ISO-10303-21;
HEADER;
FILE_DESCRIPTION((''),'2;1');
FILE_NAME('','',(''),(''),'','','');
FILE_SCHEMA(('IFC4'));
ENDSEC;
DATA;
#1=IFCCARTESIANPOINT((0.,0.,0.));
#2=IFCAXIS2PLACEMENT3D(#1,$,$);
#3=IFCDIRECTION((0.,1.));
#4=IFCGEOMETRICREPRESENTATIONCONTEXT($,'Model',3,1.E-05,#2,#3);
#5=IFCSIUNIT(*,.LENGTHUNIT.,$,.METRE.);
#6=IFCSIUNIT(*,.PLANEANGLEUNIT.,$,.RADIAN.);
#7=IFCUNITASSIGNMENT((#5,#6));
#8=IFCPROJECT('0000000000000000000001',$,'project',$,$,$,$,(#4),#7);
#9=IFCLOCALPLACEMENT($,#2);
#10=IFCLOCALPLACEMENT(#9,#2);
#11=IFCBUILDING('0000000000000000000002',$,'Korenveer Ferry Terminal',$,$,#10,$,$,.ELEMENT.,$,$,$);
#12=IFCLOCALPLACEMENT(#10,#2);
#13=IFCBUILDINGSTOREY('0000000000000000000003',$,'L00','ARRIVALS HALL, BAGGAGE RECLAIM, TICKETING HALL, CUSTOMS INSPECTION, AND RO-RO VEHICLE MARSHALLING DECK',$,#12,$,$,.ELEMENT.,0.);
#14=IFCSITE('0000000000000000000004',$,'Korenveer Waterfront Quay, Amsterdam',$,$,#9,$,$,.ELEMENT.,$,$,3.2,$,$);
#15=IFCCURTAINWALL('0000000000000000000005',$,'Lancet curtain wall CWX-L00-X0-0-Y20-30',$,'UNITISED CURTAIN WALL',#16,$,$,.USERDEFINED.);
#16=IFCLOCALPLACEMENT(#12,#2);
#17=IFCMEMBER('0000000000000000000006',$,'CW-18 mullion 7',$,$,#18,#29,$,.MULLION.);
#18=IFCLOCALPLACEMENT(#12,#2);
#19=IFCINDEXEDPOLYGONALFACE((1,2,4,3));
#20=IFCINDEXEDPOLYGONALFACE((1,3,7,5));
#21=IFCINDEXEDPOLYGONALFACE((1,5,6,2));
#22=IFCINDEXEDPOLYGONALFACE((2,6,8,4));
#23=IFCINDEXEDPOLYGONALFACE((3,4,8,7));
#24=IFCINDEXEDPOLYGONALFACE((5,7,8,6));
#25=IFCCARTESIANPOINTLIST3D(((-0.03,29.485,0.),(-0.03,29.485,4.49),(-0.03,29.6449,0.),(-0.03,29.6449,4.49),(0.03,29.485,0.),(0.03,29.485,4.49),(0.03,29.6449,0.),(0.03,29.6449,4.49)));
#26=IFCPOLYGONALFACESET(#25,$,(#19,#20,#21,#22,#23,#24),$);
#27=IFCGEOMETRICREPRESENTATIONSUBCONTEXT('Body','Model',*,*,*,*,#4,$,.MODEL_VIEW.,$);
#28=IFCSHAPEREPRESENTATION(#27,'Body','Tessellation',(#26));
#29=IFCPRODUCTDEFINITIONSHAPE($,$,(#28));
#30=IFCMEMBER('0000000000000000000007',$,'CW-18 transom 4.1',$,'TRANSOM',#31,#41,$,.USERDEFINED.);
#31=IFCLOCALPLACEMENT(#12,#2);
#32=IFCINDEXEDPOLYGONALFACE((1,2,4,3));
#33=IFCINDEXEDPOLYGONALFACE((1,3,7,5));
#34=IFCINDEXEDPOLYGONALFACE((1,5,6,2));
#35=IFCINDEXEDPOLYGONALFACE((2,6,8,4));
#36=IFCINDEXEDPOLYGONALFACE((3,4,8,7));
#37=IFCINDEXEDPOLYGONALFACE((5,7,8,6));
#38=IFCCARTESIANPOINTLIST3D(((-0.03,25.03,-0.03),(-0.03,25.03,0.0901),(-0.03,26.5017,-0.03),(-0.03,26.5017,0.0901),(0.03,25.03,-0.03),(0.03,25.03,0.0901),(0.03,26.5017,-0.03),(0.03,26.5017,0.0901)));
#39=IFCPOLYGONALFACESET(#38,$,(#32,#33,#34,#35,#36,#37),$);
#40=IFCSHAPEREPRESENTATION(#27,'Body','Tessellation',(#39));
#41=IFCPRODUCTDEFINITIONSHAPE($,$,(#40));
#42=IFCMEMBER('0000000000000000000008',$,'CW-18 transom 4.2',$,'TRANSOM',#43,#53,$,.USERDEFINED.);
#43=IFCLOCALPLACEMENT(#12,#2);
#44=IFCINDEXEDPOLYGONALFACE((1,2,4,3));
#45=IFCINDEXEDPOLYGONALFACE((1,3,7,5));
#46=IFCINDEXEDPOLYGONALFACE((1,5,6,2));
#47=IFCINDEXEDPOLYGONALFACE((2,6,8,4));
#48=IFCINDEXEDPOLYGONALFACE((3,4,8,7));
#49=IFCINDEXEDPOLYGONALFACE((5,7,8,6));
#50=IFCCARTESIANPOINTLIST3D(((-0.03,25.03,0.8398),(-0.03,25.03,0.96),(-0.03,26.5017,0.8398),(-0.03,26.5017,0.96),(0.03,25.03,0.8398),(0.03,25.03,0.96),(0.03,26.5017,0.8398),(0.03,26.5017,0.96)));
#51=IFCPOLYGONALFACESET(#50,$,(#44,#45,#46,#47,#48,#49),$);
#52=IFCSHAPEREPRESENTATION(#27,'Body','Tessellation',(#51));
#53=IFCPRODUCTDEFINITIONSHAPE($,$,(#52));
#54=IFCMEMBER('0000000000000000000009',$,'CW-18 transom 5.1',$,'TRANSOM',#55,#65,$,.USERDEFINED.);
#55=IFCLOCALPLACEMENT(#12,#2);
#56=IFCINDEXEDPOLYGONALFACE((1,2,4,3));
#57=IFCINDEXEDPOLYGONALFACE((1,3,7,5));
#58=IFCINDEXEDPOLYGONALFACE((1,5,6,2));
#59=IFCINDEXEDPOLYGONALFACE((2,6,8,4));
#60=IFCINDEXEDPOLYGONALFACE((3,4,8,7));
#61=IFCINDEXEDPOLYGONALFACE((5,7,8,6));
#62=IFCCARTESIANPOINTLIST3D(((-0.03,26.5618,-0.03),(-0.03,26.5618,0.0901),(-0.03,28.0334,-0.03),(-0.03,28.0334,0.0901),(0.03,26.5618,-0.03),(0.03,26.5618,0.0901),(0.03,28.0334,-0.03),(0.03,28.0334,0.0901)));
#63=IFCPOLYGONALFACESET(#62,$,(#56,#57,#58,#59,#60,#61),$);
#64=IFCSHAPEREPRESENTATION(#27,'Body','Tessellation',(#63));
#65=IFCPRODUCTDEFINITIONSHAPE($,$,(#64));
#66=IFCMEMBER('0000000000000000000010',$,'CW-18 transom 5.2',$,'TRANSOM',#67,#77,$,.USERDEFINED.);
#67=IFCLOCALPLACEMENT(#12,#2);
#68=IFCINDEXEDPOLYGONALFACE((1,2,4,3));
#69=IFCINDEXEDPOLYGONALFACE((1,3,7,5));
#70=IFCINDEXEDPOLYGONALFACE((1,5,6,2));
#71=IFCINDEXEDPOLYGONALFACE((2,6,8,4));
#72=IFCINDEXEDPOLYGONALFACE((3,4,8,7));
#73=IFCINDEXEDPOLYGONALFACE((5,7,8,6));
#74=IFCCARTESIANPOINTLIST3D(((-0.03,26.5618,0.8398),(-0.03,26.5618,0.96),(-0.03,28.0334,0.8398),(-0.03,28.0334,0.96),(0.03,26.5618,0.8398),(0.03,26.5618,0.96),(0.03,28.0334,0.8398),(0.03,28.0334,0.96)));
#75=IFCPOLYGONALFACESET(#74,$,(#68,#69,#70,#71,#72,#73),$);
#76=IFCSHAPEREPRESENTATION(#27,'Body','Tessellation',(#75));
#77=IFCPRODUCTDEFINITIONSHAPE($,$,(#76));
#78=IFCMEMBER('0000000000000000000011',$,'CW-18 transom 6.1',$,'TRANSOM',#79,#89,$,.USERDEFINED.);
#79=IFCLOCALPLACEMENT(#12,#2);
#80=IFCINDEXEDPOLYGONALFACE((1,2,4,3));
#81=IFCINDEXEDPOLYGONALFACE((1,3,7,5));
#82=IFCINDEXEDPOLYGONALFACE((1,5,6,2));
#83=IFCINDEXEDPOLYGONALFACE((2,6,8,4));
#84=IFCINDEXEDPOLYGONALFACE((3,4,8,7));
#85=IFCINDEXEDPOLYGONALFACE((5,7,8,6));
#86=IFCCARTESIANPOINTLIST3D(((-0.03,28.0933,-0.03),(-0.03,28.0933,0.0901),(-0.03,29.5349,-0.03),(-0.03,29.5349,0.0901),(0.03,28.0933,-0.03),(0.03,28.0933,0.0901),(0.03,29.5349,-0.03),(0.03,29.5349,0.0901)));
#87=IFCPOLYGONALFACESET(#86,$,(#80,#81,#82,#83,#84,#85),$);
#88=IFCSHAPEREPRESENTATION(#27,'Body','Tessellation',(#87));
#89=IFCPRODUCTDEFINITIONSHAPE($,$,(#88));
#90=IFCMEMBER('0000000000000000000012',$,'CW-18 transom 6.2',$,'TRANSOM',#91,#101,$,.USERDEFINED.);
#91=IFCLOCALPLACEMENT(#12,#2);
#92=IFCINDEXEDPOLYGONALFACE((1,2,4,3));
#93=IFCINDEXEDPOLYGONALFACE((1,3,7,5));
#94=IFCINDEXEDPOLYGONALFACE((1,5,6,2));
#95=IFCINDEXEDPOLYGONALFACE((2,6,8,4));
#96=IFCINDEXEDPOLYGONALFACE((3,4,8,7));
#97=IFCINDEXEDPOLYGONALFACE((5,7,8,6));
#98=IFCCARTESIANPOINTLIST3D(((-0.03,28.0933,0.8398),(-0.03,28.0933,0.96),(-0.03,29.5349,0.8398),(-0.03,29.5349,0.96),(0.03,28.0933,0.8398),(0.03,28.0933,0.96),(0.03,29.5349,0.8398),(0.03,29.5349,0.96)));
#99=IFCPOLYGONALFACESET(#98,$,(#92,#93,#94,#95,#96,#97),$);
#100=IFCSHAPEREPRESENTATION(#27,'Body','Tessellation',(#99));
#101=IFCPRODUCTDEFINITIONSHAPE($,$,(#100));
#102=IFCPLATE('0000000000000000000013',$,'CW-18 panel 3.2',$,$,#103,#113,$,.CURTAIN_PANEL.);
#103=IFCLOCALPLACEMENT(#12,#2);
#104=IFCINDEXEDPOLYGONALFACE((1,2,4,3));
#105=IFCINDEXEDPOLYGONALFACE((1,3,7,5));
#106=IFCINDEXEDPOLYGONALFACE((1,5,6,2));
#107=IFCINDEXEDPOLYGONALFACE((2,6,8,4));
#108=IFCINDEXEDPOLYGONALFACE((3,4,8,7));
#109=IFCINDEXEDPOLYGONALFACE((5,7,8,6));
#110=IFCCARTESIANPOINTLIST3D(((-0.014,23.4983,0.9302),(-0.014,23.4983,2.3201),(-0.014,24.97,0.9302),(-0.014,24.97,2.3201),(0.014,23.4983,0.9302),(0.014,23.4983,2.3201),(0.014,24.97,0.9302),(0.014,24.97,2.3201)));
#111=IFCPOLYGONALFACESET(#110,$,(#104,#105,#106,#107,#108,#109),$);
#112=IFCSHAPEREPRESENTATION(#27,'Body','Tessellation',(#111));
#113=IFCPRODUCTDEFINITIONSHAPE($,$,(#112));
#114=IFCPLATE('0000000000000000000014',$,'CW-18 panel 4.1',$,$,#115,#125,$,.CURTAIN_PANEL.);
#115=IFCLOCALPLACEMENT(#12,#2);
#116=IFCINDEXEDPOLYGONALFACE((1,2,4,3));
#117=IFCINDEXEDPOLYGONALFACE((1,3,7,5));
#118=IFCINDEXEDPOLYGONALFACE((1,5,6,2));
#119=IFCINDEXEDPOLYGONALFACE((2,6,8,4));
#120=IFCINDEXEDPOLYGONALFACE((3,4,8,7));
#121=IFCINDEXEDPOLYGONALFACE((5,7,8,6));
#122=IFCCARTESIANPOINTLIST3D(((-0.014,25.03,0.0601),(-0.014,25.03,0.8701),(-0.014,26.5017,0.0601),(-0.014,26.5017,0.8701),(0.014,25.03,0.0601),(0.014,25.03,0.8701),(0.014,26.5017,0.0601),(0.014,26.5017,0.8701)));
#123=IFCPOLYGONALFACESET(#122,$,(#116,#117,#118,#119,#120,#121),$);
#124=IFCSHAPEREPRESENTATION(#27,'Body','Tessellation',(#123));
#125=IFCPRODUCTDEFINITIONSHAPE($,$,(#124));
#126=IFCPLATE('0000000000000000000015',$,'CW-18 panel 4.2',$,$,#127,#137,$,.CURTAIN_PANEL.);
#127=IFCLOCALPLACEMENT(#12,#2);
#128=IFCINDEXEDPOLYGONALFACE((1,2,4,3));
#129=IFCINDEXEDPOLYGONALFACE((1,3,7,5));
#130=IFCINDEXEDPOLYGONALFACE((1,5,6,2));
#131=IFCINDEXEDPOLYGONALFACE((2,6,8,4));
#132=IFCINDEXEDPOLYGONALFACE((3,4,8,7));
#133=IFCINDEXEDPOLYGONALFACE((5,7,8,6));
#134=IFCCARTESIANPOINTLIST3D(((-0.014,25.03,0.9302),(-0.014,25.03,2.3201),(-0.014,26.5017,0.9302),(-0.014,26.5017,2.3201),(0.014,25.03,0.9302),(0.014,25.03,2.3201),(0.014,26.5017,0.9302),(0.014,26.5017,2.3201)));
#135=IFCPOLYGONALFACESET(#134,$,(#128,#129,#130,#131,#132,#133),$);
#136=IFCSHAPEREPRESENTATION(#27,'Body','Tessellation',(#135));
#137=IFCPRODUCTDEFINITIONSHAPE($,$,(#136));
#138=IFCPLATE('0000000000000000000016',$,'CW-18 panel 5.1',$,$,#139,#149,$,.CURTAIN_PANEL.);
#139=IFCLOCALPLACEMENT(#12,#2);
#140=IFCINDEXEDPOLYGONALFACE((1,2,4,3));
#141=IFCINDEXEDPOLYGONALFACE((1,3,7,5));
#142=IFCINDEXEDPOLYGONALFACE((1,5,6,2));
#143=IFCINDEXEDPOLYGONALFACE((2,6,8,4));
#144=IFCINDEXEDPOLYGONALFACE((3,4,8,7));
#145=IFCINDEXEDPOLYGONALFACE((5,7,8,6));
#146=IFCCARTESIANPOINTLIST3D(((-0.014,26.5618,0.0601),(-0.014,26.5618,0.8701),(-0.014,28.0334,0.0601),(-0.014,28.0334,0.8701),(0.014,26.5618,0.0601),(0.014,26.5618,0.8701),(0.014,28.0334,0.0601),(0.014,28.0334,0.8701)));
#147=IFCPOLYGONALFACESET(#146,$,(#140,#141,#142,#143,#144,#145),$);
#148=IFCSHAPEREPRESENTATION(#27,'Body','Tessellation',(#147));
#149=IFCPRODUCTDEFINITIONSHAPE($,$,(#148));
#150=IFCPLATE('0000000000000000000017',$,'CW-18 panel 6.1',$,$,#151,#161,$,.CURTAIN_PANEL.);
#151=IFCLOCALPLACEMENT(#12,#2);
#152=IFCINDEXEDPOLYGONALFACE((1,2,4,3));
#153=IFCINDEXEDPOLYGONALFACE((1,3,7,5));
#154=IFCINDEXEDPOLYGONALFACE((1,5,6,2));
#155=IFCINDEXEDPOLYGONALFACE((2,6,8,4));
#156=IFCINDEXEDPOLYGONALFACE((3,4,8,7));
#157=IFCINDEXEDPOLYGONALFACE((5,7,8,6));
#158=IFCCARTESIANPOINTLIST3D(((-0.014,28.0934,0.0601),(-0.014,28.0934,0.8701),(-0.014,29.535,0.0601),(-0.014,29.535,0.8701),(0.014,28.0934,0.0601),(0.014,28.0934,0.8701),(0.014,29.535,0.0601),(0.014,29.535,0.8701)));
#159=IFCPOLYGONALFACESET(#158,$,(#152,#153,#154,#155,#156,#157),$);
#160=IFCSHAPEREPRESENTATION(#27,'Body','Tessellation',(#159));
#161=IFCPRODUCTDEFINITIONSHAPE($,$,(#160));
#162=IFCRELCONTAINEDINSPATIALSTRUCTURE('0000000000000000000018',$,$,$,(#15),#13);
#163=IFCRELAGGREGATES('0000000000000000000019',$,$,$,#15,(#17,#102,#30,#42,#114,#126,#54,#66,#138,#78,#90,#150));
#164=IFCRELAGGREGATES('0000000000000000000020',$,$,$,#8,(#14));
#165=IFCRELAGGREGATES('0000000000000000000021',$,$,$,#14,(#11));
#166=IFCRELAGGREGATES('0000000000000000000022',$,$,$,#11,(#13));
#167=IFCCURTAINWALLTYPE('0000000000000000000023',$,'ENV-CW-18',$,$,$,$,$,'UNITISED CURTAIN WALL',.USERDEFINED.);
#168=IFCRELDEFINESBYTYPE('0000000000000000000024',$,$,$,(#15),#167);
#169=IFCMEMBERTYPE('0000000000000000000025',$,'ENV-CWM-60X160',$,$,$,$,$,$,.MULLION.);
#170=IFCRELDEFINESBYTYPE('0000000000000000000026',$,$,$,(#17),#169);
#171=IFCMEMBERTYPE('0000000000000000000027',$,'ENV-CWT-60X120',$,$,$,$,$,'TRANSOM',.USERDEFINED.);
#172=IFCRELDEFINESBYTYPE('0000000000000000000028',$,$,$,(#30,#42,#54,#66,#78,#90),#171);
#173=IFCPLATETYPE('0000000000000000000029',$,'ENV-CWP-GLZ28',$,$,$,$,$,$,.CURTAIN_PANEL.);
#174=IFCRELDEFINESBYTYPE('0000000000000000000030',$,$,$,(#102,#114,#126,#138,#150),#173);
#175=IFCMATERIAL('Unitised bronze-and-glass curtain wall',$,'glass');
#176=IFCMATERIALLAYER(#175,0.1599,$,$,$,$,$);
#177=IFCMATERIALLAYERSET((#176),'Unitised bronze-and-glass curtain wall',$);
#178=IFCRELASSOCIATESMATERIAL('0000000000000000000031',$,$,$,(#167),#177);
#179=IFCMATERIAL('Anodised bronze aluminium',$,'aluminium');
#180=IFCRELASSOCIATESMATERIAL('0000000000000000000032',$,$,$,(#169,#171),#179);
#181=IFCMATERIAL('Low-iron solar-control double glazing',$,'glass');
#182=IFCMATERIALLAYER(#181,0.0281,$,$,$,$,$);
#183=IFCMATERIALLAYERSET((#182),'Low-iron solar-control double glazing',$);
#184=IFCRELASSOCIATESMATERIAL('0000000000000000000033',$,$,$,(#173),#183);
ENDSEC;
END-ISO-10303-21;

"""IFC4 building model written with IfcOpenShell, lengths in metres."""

from ifc_helpers import new_model, si_unit, direction, frame, origin, origin_2d, place, context, subcontext, project, spatial, rectangle, extrude, material, layer, layer_set, material_profile, profile_set, type_object, element, aggregate, save


model = new_model("IFC4")

# Units and contexts
model_context = context("Model", 3, precision=1e-05, world=origin(), true_north=direction((0.0, 1.0)))
body_context = subcontext(model_context, "Body", "Model", "MODEL_VIEW")
ifc_project = project(units=[si_unit("LENGTHUNIT", "METRE"), si_unit("PLANEANGLEUNIT", "RADIAN")], contexts=[model_context])

# Site, building, storey
site_placement = place(None, origin())
site = spatial("IfcSite", under=ifc_project, at=site_placement, Name="Korenveer Waterfront Quay, Amsterdam", CompositionType="ELEMENT", RefElevation=3.2)
building_placement = place(site_placement, origin())
building = spatial("IfcBuilding", under=site, at=building_placement, Name="Korenveer Ferry Terminal", CompositionType="ELEMENT")
storey_placement = place(building_placement, origin())
storey = spatial("IfcBuildingStorey", under=building, at=storey_placement, Name="L00", Description="ARRIVALS HALL, BAGGAGE RECLAIM, TICKETING HALL, CUSTOMS INSPECTION, AND RO-RO VEHICLE MARSHALLING DECK", CompositionType="ELEMENT", Elevation=0.0)

# Curtain wall, members, plates
ifc_material_1 = material(Name="Unitised bronze-and-glass curtain wall", Category="glass")
ifc_layer_1 = layer(ifc_material_1, 0.1599)
ifc_layer_set_1 = layer_set([ifc_layer_1], Name="Unitised bronze-and-glass curtain wall")
curtain_wall_type = type_object("IfcCurtainWallType", Name="ENV-CW-18", ElementType="UNITISED CURTAIN WALL", PredefinedType="USERDEFINED", material=ifc_layer_set_1)
curtain_wall_placement = place(storey_placement, frame((0.0, 20.405, 0.0)))
curtain_wall = element("IfcCurtainWall", 1, at=curtain_wall_placement, inside=storey, type_object=curtain_wall_type, Name="Lancet curtain wall CWX-L00-X0-0-Y20-30", ObjectType="UNITISED CURTAIN WALL", PredefinedType="USERDEFINED")
ifc_material_2 = material(Name="Anodised bronze aluminium", Category="aluminium")
ifc_material_profile_1 = material_profile(ifc_material_2, rectangle(XDim=0.0601, YDim=0.1599, at=origin_2d()), Name="ALU 60x160")
ifc_profile_set_1 = profile_set([ifc_material_profile_1], Name="Anodised bronze aluminium")
member_type_1 = type_object("IfcMemberType", Name="ENV-CWM-60X160", PredefinedType="MULLION", material=ifc_profile_set_1)
member_1_placement = place(storey_placement, frame((0.0, 29.5649, 0.0), z_axis=(0.0, 0.0, 1.0), x_axis=(-1.0, 0.0, 0.0)))
member_1 = element("IfcMember", 2, at=member_1_placement, type_object=member_type_1, Name="CW-18 mullion 7", PredefinedType="MULLION", context=body_context, shape_type="SweptSolid", body=[
    extrude(rectangle(XDim=0.0601, YDim=0.1599, at=origin_2d()), origin(), (0.0, 0.0, 1.0), 4.49),
])
ifc_material_profile_2 = material_profile(ifc_material_2, rectangle(XDim=0.0601, YDim=0.1201, at=origin_2d()), Name="ALU 60x120")
ifc_profile_set_2 = profile_set([ifc_material_profile_2], Name="Anodised bronze aluminium")
member_type_2 = type_object("IfcMemberType", Name="ENV-CWT-60X120", ElementType="TRANSOM", PredefinedType="USERDEFINED", material=ifc_profile_set_2)
member_2_placement = place(storey_placement, frame((0.0, 25.03, 0.03), z_axis=(0.0, 1.0, 0.0), x_axis=(-1.0, 0.0, 0.0)))
member_2 = element("IfcMember", 3, at=member_2_placement, type_object=member_type_2, Name="CW-18 transom 4.1", ObjectType="TRANSOM", PredefinedType="USERDEFINED", context=body_context, shape_type="SweptSolid", body=[
    extrude(rectangle(XDim=0.0601, YDim=0.1201, at=origin_2d()), origin(), (0.0, 0.0, 1.0), 1.4717),
])
member_3_placement = place(storey_placement, frame((0.0, 25.03, 0.8999), z_axis=(0.0, 1.0, 0.0), x_axis=(-1.0, 0.0, 0.0)))
member_3 = element("IfcMember", 4, at=member_3_placement, type_object=member_type_2, Name="CW-18 transom 4.2", ObjectType="TRANSOM", PredefinedType="USERDEFINED", context=body_context, shape_type="SweptSolid", body=[
    extrude(rectangle(XDim=0.0601, YDim=0.1201, at=origin_2d()), origin(), (0.0, 0.0, 1.0), 1.4717),
])
member_4_placement = place(storey_placement, frame((0.0, 26.5618, 0.03), z_axis=(0.0, 1.0, 0.0), x_axis=(-1.0, 0.0, 0.0)))
member_4 = element("IfcMember", 5, at=member_4_placement, type_object=member_type_2, Name="CW-18 transom 5.1", ObjectType="TRANSOM", PredefinedType="USERDEFINED", context=body_context, shape_type="SweptSolid", body=[
    extrude(rectangle(XDim=0.0601, YDim=0.1201, at=origin_2d()), origin(), (0.0, 0.0, 1.0), 1.4717),
])
member_5_placement = place(storey_placement, frame((0.0, 26.5618, 0.8999), z_axis=(0.0, 1.0, 0.0), x_axis=(-1.0, 0.0, 0.0)))
member_5 = element("IfcMember", 6, at=member_5_placement, type_object=member_type_2, Name="CW-18 transom 5.2", ObjectType="TRANSOM", PredefinedType="USERDEFINED", context=body_context, shape_type="SweptSolid", body=[
    extrude(rectangle(XDim=0.0601, YDim=0.1201, at=origin_2d()), origin(), (0.0, 0.0, 1.0), 1.4717),
])
member_6_placement = place(storey_placement, frame((0.0, 28.0933, 0.03), z_axis=(0.0, 1.0, 0.0), x_axis=(-1.0, 0.0, 0.0)))
member_6 = element("IfcMember", 7, at=member_6_placement, type_object=member_type_2, Name="CW-18 transom 6.1", ObjectType="TRANSOM", PredefinedType="USERDEFINED", context=body_context, shape_type="SweptSolid", body=[
    extrude(rectangle(XDim=0.0601, YDim=0.1201, at=origin_2d()), origin(), (0.0, 0.0, 1.0), 1.4417),
])
member_7_placement = place(storey_placement, frame((0.0, 28.0933, 0.8999), z_axis=(0.0, 1.0, 0.0), x_axis=(-1.0, 0.0, 0.0)))
member_7 = element("IfcMember", 8, at=member_7_placement, type_object=member_type_2, Name="CW-18 transom 6.2", ObjectType="TRANSOM", PredefinedType="USERDEFINED", context=body_context, shape_type="SweptSolid", body=[
    extrude(rectangle(XDim=0.0601, YDim=0.1201, at=origin_2d()), origin(), (0.0, 0.0, 1.0), 1.4417),
])
ifc_material_3 = material(Name="Low-iron solar-control double glazing", Category="glass")
ifc_layer_2 = layer(ifc_material_3, 0.0281)
ifc_layer_set_2 = layer_set([ifc_layer_2], Name="Low-iron solar-control double glazing")
plate_type = type_object("IfcPlateType", Name="ENV-CWP-GLZ28", PredefinedType="CURTAIN_PANEL", material=ifc_layer_set_2)
plate_1_placement = place(storey_placement, frame((0.0, 24.2341, 0.9302), z_axis=(0.0, 0.0, 1.0), x_axis=(0.0, 1.0, 0.0)))
plate_1 = element("IfcPlate", 9, at=plate_1_placement, type_object=plate_type, Name="CW-18 panel 3.2", PredefinedType="CURTAIN_PANEL", context=body_context, shape_type="SweptSolid", body=[
    extrude(rectangle(XDim=1.4717, YDim=0.0281, at=origin_2d()), origin(), (0.0, 0.0, 1.0), 1.3899),
])
plate_2_placement = place(storey_placement, frame((0.0, 25.7659, 0.0601), z_axis=(0.0, 0.0, 1.0), x_axis=(0.0, 1.0, 0.0)))
plate_2 = element("IfcPlate", 10, at=plate_2_placement, type_object=plate_type, Name="CW-18 panel 4.1", PredefinedType="CURTAIN_PANEL", context=body_context, shape_type="SweptSolid", body=[
    extrude(rectangle(XDim=1.4717, YDim=0.0281, at=origin_2d()), origin(), (0.0, 0.0, 1.0), 0.8101),
])
plate_3_placement = place(storey_placement, frame((0.0, 25.7659, 0.9302), z_axis=(0.0, 0.0, 1.0), x_axis=(0.0, 1.0, 0.0)))
plate_3 = element("IfcPlate", 11, at=plate_3_placement, type_object=plate_type, Name="CW-18 panel 4.2", PredefinedType="CURTAIN_PANEL", context=body_context, shape_type="SweptSolid", body=[
    extrude(rectangle(XDim=1.4717, YDim=0.0281, at=origin_2d()), origin(), (0.0, 0.0, 1.0), 1.3899),
])
plate_4_placement = place(storey_placement, frame((0.0, 27.2976, 0.0601), z_axis=(0.0, 0.0, 1.0), x_axis=(0.0, 1.0, 0.0)))
plate_4 = element("IfcPlate", 12, at=plate_4_placement, type_object=plate_type, Name="CW-18 panel 5.1", PredefinedType="CURTAIN_PANEL", context=body_context, shape_type="SweptSolid", body=[
    extrude(rectangle(XDim=1.4717, YDim=0.0281, at=origin_2d()), origin(), (0.0, 0.0, 1.0), 0.8101),
])
plate_5_placement = place(storey_placement, frame((0.0, 28.8142, 0.0601), z_axis=(0.0, 0.0, 1.0), x_axis=(0.0, 1.0, 0.0)))
plate_5 = element("IfcPlate", 13, at=plate_5_placement, type_object=plate_type, Name="CW-18 panel 6.1", PredefinedType="CURTAIN_PANEL", context=body_context, shape_type="SweptSolid", body=[
    extrude(rectangle(XDim=1.4417, YDim=0.0281, at=origin_2d()), origin(), (0.0, 0.0, 1.0), 0.8101),
])
aggregate(curtain_wall, [member_1, plate_1, member_2, member_3, plate_2, plate_3, member_4, member_5, plate_4, member_6, member_7, plate_5])

save(model, "model.ifc")
